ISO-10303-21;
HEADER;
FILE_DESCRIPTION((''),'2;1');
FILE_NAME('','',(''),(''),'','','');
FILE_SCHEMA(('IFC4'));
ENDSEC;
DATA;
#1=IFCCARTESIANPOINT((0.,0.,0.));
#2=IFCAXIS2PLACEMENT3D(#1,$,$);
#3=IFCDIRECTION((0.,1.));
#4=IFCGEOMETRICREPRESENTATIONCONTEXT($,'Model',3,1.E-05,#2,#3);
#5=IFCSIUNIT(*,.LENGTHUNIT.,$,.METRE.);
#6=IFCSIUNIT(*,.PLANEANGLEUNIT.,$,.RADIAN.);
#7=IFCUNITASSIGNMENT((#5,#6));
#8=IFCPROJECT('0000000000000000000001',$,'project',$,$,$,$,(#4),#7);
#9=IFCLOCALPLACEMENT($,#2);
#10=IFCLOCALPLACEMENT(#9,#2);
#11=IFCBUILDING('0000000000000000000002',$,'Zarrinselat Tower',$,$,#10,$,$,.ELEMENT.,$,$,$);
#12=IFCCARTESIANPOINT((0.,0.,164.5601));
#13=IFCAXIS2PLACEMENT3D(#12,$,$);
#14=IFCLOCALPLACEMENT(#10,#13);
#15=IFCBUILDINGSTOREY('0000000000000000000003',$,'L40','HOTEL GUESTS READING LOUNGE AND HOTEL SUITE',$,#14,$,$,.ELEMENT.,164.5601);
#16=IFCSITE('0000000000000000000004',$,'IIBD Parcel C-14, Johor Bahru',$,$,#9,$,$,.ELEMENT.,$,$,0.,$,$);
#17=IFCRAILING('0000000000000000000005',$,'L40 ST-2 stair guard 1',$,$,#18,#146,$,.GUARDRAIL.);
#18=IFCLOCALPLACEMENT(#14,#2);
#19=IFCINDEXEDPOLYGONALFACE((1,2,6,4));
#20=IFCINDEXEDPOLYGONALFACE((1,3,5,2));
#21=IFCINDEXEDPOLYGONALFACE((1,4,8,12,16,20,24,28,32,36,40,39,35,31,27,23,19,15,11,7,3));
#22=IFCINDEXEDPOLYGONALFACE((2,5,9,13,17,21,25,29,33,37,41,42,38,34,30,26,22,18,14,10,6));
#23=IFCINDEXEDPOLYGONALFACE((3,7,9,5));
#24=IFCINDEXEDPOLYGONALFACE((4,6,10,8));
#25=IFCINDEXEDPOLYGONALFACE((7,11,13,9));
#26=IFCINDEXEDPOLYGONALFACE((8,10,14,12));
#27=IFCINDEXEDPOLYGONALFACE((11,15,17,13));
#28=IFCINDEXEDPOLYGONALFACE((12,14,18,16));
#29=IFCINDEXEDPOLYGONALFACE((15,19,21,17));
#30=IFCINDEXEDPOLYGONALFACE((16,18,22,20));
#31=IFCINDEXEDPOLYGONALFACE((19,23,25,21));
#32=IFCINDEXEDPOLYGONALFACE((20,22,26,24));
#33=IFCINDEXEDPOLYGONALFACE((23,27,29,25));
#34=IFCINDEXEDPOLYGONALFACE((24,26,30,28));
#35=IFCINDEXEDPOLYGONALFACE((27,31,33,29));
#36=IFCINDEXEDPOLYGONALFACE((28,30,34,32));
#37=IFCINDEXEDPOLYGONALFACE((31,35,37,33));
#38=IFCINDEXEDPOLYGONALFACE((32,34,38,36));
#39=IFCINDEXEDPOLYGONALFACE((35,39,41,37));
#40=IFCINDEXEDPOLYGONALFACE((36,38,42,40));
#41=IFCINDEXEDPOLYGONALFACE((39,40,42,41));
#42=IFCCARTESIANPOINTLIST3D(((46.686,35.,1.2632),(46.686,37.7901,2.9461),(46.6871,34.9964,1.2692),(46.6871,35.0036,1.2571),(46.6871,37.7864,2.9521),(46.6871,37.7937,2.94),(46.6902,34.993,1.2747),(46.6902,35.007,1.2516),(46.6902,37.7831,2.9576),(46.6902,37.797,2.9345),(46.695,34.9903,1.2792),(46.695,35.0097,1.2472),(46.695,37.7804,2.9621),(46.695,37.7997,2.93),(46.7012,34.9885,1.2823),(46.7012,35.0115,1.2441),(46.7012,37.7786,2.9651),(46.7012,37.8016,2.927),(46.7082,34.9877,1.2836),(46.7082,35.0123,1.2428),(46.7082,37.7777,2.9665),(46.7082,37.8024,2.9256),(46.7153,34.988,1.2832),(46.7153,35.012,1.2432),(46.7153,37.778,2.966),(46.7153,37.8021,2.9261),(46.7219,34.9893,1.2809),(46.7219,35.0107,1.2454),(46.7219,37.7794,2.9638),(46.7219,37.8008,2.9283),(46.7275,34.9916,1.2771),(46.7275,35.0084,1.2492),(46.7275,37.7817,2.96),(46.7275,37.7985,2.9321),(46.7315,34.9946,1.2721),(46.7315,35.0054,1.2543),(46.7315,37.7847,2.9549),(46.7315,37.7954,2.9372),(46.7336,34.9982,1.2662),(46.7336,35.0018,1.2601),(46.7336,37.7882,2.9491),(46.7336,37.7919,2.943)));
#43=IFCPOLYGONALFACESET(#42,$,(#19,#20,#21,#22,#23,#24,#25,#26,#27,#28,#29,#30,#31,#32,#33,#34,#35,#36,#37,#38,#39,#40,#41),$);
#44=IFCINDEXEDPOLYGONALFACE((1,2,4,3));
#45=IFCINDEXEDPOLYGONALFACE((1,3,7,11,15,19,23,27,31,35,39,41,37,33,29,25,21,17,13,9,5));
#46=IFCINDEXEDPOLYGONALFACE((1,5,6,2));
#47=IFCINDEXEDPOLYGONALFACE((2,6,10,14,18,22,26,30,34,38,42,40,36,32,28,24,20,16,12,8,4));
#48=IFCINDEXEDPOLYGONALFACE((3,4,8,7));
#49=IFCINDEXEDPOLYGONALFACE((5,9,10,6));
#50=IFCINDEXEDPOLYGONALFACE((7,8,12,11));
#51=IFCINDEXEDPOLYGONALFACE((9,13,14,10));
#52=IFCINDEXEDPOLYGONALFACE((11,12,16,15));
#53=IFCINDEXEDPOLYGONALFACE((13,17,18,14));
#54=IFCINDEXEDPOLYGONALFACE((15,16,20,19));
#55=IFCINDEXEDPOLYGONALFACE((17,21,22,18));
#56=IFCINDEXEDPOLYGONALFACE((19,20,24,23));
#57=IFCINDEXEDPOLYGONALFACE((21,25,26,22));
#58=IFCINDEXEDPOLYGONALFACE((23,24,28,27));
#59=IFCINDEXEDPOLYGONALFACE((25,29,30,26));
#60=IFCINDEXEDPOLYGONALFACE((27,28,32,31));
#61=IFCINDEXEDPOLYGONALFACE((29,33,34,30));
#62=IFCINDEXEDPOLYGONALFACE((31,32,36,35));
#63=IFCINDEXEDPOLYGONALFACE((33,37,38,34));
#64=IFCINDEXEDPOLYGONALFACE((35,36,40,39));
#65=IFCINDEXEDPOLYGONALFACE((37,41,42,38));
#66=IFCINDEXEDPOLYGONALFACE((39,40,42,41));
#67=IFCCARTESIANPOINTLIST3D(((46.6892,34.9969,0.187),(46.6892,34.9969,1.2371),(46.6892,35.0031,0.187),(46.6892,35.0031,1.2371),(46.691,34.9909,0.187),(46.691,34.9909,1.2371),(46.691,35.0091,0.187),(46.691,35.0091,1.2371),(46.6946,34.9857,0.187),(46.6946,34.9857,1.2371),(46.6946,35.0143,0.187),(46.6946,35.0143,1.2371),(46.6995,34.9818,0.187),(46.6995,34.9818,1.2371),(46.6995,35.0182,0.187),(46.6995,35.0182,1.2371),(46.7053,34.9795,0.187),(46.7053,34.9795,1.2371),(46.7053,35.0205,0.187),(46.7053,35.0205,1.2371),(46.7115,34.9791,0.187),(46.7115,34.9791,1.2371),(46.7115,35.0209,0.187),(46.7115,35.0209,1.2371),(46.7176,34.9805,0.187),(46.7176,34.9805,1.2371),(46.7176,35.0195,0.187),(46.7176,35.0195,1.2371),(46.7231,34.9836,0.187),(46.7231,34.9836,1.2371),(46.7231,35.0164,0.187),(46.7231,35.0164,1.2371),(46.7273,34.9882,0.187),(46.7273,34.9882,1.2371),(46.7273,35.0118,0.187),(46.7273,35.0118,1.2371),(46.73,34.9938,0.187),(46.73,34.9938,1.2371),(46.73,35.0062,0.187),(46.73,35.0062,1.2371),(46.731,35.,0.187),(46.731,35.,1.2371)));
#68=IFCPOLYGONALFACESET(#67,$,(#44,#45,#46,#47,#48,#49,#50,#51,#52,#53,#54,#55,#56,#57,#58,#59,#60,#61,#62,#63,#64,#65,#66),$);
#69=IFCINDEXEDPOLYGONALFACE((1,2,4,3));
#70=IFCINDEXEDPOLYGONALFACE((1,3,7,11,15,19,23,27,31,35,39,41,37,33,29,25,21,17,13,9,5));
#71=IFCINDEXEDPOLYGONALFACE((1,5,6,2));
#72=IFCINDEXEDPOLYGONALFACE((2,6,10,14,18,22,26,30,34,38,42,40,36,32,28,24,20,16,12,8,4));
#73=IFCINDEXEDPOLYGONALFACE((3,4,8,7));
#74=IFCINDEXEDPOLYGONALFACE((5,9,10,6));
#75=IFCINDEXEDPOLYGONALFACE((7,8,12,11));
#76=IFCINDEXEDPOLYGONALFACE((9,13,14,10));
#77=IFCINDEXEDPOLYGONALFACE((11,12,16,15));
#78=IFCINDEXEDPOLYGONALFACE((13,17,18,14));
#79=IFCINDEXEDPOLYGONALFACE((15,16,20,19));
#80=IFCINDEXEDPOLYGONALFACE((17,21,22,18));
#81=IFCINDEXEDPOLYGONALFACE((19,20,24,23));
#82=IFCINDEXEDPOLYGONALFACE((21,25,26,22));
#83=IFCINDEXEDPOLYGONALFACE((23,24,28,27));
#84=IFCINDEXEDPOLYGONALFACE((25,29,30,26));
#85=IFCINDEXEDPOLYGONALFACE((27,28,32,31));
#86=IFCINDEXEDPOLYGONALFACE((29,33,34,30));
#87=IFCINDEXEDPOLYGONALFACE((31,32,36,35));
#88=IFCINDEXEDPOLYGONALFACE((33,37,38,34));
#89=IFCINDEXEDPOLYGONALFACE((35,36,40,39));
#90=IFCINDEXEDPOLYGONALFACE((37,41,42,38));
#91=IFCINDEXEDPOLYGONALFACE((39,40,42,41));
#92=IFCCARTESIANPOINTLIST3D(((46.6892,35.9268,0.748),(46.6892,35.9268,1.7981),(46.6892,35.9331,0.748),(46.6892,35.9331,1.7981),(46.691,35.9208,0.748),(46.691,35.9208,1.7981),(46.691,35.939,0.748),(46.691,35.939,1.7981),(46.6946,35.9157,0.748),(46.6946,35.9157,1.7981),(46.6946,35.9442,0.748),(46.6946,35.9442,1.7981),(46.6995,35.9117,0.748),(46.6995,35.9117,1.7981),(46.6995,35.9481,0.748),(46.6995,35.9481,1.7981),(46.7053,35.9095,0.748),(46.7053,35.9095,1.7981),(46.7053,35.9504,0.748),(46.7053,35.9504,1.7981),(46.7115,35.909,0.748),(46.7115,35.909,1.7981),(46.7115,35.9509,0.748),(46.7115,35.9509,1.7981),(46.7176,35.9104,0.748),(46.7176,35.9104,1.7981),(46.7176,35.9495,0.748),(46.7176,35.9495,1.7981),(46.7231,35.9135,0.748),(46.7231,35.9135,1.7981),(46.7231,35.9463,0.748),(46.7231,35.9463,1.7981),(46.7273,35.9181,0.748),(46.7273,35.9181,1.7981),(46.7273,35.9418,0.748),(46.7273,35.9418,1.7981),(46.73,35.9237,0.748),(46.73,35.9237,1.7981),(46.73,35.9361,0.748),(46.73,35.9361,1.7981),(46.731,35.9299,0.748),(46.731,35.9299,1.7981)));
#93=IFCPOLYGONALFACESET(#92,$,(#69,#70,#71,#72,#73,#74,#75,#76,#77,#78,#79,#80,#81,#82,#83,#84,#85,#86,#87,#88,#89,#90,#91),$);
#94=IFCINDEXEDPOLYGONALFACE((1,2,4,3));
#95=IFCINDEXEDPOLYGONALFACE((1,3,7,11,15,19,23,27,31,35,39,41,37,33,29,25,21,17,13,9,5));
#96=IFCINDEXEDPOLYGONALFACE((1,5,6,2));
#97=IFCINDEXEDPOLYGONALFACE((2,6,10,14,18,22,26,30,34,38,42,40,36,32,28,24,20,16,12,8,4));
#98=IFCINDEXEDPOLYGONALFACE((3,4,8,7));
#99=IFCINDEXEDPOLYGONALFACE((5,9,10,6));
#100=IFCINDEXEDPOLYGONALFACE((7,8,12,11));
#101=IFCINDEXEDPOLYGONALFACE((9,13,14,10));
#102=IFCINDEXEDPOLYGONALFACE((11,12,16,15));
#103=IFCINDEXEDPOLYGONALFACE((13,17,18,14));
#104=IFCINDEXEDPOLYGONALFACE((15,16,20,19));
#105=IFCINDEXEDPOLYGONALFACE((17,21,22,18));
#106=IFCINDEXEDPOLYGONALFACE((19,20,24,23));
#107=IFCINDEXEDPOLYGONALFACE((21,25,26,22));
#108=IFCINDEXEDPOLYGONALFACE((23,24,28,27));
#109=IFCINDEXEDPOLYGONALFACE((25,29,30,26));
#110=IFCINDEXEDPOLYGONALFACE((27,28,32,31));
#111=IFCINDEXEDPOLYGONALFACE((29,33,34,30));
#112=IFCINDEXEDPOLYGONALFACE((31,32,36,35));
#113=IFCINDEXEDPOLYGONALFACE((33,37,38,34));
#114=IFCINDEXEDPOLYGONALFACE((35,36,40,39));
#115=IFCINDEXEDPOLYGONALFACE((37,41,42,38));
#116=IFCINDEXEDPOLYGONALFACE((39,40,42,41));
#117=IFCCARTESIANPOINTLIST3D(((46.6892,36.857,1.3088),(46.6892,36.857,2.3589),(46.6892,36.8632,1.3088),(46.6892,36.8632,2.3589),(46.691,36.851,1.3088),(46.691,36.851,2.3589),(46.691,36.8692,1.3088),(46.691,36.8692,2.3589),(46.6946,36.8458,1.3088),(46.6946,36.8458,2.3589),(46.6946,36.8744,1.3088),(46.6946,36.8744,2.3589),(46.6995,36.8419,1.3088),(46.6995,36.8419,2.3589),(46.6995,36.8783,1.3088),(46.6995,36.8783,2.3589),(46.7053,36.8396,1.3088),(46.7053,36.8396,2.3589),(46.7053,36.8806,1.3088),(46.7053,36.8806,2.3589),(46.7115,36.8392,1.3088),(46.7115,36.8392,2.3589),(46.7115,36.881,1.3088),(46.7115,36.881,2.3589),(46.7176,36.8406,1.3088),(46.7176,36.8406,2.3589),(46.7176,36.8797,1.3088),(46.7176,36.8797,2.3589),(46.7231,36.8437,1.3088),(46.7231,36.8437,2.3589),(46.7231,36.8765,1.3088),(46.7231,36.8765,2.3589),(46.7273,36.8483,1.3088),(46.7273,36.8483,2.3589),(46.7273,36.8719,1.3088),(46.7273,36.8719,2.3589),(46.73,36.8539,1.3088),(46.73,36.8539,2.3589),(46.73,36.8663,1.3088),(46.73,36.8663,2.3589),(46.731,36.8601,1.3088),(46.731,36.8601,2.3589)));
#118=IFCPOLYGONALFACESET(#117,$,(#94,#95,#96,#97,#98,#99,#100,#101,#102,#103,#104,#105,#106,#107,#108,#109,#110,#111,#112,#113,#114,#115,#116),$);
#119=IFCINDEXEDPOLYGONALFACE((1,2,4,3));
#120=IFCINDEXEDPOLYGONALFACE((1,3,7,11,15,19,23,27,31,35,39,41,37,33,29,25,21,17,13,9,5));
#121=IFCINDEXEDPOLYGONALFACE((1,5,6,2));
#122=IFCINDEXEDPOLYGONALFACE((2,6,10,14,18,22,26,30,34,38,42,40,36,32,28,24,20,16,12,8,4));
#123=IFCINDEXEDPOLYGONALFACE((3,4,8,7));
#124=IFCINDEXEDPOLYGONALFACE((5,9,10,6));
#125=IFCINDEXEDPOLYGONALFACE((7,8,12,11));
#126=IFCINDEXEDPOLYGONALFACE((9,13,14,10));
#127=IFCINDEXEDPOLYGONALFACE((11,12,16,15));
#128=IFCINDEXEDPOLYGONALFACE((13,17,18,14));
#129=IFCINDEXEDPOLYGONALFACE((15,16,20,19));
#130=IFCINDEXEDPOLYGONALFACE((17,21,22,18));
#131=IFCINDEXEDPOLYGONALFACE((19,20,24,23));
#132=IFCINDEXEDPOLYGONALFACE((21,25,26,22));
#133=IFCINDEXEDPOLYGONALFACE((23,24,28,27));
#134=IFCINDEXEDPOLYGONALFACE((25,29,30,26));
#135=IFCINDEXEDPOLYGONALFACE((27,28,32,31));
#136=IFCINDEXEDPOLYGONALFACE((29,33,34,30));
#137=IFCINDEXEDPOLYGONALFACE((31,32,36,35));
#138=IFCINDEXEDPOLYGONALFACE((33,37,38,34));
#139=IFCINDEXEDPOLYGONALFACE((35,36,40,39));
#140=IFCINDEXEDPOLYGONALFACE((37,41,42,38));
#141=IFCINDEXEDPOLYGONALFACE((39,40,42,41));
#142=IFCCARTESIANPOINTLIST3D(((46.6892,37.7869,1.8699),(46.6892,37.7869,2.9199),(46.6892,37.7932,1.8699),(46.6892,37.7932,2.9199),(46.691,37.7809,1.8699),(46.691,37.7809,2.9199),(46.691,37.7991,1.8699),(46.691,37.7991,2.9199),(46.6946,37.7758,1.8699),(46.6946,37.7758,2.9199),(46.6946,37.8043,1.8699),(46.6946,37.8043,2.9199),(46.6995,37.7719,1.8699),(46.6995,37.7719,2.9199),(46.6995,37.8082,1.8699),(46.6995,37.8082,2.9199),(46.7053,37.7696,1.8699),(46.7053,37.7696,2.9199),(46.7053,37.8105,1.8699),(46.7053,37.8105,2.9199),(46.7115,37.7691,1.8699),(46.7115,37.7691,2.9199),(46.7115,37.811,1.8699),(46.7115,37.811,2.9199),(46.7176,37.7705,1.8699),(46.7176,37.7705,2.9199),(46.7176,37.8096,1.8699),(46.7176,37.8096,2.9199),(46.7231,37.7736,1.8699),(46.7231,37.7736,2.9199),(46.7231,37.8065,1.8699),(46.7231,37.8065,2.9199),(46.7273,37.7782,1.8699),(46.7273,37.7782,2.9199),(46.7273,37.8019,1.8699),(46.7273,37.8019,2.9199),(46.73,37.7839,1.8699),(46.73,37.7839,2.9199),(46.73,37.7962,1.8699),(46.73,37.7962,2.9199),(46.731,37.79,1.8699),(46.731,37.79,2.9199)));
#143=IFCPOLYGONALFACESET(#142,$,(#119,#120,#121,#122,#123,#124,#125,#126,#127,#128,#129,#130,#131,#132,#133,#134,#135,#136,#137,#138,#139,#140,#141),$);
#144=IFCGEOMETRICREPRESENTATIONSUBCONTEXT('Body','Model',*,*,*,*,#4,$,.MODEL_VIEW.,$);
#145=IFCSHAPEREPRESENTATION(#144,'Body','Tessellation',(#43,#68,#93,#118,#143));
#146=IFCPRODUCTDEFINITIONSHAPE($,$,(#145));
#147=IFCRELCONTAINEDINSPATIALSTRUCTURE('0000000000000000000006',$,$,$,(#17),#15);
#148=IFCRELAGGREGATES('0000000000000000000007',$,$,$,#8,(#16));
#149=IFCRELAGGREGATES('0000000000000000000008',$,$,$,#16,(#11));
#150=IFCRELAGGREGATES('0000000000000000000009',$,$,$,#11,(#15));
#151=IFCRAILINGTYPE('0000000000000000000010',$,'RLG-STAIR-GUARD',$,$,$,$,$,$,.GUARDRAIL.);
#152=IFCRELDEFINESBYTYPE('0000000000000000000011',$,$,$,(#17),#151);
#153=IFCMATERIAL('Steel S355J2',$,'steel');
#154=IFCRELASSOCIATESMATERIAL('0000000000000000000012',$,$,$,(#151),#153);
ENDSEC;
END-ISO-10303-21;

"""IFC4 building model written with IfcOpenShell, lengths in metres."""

from ifc_helpers import new_model, si_unit, direction, frame, origin, origin_2d, place, context, subcontext, project, spatial, circle, extrude, material, type_object, element, save


model = new_model("IFC4")

# Units and contexts
model_context = context("Model", 3, precision=1e-05, world=origin(), true_north=direction((0.0, 1.0)))
body_context = subcontext(model_context, "Body", "Model", "MODEL_VIEW")
ifc_project = project(units=[si_unit("LENGTHUNIT", "METRE"), si_unit("PLANEANGLEUNIT", "RADIAN")], contexts=[model_context])

# Site, building, storey
site_placement = place(None, origin())
site = spatial("IfcSite", under=ifc_project, at=site_placement, Name="IIBD Parcel C-14, Johor Bahru", CompositionType="ELEMENT", RefElevation=0.0)
building_placement = place(site_placement, origin())
building = spatial("IfcBuilding", under=site, at=building_placement, Name="Zarrinselat Tower", CompositionType="ELEMENT")
storey_placement = place(building_placement, frame((0.0, 0.0, 164.5601)))
storey = spatial("IfcBuildingStorey", under=building, at=storey_placement, Name="L40", Description="HOTEL GUESTS READING LOUNGE AND HOTEL SUITE", CompositionType="ELEMENT", Elevation=164.5601)

# Railing
ifc_material_1 = material(Name="Steel S355J2", Category="steel")
railing_type_1 = type_object("IfcRailingType", Name="RLG-STAIR-GUARD", PredefinedType="GUARDRAIL", material=ifc_material_1)
railing_1_placement = place(storey_placement, frame((46.71, 35.0, 0.187)))
element("IfcRailing", 1, at=railing_1_placement, inside=storey, type_object=railing_type_1, Name="L40 ST-2 stair guard 1", PredefinedType="GUARDRAIL", context=body_context, shape_type="SweptSolid", body=[
    extrude(circle(Radius=0.0239, at=origin_2d()), frame((0.0, 0.0, 1.0762), z_axis=(0.0, 0.856294, 0.516489), x_axis=(-1.0, 0.0, 0.0)), (0.0, 0.0, 1.0), 3.2583),
    extrude(circle(Radius=0.021, at=origin_2d()), origin(), (0.0, 0.0, 1.0), 1.05),
    extrude(circle(Radius=0.021, at=origin_2d()), frame((0.0, 0.9299, 0.561)), (0.0, 0.0, 1.0), 1.05),
    extrude(circle(Radius=0.021, at=origin_2d()), frame((0.0, 1.8601, 1.1218)), (0.0, 0.0, 1.0), 1.05),
    extrude(circle(Radius=0.021, at=origin_2d()), frame((0.0, 2.79, 1.6829)), (0.0, 0.0, 1.0), 1.05),
])

save(model, "model.ifc")
